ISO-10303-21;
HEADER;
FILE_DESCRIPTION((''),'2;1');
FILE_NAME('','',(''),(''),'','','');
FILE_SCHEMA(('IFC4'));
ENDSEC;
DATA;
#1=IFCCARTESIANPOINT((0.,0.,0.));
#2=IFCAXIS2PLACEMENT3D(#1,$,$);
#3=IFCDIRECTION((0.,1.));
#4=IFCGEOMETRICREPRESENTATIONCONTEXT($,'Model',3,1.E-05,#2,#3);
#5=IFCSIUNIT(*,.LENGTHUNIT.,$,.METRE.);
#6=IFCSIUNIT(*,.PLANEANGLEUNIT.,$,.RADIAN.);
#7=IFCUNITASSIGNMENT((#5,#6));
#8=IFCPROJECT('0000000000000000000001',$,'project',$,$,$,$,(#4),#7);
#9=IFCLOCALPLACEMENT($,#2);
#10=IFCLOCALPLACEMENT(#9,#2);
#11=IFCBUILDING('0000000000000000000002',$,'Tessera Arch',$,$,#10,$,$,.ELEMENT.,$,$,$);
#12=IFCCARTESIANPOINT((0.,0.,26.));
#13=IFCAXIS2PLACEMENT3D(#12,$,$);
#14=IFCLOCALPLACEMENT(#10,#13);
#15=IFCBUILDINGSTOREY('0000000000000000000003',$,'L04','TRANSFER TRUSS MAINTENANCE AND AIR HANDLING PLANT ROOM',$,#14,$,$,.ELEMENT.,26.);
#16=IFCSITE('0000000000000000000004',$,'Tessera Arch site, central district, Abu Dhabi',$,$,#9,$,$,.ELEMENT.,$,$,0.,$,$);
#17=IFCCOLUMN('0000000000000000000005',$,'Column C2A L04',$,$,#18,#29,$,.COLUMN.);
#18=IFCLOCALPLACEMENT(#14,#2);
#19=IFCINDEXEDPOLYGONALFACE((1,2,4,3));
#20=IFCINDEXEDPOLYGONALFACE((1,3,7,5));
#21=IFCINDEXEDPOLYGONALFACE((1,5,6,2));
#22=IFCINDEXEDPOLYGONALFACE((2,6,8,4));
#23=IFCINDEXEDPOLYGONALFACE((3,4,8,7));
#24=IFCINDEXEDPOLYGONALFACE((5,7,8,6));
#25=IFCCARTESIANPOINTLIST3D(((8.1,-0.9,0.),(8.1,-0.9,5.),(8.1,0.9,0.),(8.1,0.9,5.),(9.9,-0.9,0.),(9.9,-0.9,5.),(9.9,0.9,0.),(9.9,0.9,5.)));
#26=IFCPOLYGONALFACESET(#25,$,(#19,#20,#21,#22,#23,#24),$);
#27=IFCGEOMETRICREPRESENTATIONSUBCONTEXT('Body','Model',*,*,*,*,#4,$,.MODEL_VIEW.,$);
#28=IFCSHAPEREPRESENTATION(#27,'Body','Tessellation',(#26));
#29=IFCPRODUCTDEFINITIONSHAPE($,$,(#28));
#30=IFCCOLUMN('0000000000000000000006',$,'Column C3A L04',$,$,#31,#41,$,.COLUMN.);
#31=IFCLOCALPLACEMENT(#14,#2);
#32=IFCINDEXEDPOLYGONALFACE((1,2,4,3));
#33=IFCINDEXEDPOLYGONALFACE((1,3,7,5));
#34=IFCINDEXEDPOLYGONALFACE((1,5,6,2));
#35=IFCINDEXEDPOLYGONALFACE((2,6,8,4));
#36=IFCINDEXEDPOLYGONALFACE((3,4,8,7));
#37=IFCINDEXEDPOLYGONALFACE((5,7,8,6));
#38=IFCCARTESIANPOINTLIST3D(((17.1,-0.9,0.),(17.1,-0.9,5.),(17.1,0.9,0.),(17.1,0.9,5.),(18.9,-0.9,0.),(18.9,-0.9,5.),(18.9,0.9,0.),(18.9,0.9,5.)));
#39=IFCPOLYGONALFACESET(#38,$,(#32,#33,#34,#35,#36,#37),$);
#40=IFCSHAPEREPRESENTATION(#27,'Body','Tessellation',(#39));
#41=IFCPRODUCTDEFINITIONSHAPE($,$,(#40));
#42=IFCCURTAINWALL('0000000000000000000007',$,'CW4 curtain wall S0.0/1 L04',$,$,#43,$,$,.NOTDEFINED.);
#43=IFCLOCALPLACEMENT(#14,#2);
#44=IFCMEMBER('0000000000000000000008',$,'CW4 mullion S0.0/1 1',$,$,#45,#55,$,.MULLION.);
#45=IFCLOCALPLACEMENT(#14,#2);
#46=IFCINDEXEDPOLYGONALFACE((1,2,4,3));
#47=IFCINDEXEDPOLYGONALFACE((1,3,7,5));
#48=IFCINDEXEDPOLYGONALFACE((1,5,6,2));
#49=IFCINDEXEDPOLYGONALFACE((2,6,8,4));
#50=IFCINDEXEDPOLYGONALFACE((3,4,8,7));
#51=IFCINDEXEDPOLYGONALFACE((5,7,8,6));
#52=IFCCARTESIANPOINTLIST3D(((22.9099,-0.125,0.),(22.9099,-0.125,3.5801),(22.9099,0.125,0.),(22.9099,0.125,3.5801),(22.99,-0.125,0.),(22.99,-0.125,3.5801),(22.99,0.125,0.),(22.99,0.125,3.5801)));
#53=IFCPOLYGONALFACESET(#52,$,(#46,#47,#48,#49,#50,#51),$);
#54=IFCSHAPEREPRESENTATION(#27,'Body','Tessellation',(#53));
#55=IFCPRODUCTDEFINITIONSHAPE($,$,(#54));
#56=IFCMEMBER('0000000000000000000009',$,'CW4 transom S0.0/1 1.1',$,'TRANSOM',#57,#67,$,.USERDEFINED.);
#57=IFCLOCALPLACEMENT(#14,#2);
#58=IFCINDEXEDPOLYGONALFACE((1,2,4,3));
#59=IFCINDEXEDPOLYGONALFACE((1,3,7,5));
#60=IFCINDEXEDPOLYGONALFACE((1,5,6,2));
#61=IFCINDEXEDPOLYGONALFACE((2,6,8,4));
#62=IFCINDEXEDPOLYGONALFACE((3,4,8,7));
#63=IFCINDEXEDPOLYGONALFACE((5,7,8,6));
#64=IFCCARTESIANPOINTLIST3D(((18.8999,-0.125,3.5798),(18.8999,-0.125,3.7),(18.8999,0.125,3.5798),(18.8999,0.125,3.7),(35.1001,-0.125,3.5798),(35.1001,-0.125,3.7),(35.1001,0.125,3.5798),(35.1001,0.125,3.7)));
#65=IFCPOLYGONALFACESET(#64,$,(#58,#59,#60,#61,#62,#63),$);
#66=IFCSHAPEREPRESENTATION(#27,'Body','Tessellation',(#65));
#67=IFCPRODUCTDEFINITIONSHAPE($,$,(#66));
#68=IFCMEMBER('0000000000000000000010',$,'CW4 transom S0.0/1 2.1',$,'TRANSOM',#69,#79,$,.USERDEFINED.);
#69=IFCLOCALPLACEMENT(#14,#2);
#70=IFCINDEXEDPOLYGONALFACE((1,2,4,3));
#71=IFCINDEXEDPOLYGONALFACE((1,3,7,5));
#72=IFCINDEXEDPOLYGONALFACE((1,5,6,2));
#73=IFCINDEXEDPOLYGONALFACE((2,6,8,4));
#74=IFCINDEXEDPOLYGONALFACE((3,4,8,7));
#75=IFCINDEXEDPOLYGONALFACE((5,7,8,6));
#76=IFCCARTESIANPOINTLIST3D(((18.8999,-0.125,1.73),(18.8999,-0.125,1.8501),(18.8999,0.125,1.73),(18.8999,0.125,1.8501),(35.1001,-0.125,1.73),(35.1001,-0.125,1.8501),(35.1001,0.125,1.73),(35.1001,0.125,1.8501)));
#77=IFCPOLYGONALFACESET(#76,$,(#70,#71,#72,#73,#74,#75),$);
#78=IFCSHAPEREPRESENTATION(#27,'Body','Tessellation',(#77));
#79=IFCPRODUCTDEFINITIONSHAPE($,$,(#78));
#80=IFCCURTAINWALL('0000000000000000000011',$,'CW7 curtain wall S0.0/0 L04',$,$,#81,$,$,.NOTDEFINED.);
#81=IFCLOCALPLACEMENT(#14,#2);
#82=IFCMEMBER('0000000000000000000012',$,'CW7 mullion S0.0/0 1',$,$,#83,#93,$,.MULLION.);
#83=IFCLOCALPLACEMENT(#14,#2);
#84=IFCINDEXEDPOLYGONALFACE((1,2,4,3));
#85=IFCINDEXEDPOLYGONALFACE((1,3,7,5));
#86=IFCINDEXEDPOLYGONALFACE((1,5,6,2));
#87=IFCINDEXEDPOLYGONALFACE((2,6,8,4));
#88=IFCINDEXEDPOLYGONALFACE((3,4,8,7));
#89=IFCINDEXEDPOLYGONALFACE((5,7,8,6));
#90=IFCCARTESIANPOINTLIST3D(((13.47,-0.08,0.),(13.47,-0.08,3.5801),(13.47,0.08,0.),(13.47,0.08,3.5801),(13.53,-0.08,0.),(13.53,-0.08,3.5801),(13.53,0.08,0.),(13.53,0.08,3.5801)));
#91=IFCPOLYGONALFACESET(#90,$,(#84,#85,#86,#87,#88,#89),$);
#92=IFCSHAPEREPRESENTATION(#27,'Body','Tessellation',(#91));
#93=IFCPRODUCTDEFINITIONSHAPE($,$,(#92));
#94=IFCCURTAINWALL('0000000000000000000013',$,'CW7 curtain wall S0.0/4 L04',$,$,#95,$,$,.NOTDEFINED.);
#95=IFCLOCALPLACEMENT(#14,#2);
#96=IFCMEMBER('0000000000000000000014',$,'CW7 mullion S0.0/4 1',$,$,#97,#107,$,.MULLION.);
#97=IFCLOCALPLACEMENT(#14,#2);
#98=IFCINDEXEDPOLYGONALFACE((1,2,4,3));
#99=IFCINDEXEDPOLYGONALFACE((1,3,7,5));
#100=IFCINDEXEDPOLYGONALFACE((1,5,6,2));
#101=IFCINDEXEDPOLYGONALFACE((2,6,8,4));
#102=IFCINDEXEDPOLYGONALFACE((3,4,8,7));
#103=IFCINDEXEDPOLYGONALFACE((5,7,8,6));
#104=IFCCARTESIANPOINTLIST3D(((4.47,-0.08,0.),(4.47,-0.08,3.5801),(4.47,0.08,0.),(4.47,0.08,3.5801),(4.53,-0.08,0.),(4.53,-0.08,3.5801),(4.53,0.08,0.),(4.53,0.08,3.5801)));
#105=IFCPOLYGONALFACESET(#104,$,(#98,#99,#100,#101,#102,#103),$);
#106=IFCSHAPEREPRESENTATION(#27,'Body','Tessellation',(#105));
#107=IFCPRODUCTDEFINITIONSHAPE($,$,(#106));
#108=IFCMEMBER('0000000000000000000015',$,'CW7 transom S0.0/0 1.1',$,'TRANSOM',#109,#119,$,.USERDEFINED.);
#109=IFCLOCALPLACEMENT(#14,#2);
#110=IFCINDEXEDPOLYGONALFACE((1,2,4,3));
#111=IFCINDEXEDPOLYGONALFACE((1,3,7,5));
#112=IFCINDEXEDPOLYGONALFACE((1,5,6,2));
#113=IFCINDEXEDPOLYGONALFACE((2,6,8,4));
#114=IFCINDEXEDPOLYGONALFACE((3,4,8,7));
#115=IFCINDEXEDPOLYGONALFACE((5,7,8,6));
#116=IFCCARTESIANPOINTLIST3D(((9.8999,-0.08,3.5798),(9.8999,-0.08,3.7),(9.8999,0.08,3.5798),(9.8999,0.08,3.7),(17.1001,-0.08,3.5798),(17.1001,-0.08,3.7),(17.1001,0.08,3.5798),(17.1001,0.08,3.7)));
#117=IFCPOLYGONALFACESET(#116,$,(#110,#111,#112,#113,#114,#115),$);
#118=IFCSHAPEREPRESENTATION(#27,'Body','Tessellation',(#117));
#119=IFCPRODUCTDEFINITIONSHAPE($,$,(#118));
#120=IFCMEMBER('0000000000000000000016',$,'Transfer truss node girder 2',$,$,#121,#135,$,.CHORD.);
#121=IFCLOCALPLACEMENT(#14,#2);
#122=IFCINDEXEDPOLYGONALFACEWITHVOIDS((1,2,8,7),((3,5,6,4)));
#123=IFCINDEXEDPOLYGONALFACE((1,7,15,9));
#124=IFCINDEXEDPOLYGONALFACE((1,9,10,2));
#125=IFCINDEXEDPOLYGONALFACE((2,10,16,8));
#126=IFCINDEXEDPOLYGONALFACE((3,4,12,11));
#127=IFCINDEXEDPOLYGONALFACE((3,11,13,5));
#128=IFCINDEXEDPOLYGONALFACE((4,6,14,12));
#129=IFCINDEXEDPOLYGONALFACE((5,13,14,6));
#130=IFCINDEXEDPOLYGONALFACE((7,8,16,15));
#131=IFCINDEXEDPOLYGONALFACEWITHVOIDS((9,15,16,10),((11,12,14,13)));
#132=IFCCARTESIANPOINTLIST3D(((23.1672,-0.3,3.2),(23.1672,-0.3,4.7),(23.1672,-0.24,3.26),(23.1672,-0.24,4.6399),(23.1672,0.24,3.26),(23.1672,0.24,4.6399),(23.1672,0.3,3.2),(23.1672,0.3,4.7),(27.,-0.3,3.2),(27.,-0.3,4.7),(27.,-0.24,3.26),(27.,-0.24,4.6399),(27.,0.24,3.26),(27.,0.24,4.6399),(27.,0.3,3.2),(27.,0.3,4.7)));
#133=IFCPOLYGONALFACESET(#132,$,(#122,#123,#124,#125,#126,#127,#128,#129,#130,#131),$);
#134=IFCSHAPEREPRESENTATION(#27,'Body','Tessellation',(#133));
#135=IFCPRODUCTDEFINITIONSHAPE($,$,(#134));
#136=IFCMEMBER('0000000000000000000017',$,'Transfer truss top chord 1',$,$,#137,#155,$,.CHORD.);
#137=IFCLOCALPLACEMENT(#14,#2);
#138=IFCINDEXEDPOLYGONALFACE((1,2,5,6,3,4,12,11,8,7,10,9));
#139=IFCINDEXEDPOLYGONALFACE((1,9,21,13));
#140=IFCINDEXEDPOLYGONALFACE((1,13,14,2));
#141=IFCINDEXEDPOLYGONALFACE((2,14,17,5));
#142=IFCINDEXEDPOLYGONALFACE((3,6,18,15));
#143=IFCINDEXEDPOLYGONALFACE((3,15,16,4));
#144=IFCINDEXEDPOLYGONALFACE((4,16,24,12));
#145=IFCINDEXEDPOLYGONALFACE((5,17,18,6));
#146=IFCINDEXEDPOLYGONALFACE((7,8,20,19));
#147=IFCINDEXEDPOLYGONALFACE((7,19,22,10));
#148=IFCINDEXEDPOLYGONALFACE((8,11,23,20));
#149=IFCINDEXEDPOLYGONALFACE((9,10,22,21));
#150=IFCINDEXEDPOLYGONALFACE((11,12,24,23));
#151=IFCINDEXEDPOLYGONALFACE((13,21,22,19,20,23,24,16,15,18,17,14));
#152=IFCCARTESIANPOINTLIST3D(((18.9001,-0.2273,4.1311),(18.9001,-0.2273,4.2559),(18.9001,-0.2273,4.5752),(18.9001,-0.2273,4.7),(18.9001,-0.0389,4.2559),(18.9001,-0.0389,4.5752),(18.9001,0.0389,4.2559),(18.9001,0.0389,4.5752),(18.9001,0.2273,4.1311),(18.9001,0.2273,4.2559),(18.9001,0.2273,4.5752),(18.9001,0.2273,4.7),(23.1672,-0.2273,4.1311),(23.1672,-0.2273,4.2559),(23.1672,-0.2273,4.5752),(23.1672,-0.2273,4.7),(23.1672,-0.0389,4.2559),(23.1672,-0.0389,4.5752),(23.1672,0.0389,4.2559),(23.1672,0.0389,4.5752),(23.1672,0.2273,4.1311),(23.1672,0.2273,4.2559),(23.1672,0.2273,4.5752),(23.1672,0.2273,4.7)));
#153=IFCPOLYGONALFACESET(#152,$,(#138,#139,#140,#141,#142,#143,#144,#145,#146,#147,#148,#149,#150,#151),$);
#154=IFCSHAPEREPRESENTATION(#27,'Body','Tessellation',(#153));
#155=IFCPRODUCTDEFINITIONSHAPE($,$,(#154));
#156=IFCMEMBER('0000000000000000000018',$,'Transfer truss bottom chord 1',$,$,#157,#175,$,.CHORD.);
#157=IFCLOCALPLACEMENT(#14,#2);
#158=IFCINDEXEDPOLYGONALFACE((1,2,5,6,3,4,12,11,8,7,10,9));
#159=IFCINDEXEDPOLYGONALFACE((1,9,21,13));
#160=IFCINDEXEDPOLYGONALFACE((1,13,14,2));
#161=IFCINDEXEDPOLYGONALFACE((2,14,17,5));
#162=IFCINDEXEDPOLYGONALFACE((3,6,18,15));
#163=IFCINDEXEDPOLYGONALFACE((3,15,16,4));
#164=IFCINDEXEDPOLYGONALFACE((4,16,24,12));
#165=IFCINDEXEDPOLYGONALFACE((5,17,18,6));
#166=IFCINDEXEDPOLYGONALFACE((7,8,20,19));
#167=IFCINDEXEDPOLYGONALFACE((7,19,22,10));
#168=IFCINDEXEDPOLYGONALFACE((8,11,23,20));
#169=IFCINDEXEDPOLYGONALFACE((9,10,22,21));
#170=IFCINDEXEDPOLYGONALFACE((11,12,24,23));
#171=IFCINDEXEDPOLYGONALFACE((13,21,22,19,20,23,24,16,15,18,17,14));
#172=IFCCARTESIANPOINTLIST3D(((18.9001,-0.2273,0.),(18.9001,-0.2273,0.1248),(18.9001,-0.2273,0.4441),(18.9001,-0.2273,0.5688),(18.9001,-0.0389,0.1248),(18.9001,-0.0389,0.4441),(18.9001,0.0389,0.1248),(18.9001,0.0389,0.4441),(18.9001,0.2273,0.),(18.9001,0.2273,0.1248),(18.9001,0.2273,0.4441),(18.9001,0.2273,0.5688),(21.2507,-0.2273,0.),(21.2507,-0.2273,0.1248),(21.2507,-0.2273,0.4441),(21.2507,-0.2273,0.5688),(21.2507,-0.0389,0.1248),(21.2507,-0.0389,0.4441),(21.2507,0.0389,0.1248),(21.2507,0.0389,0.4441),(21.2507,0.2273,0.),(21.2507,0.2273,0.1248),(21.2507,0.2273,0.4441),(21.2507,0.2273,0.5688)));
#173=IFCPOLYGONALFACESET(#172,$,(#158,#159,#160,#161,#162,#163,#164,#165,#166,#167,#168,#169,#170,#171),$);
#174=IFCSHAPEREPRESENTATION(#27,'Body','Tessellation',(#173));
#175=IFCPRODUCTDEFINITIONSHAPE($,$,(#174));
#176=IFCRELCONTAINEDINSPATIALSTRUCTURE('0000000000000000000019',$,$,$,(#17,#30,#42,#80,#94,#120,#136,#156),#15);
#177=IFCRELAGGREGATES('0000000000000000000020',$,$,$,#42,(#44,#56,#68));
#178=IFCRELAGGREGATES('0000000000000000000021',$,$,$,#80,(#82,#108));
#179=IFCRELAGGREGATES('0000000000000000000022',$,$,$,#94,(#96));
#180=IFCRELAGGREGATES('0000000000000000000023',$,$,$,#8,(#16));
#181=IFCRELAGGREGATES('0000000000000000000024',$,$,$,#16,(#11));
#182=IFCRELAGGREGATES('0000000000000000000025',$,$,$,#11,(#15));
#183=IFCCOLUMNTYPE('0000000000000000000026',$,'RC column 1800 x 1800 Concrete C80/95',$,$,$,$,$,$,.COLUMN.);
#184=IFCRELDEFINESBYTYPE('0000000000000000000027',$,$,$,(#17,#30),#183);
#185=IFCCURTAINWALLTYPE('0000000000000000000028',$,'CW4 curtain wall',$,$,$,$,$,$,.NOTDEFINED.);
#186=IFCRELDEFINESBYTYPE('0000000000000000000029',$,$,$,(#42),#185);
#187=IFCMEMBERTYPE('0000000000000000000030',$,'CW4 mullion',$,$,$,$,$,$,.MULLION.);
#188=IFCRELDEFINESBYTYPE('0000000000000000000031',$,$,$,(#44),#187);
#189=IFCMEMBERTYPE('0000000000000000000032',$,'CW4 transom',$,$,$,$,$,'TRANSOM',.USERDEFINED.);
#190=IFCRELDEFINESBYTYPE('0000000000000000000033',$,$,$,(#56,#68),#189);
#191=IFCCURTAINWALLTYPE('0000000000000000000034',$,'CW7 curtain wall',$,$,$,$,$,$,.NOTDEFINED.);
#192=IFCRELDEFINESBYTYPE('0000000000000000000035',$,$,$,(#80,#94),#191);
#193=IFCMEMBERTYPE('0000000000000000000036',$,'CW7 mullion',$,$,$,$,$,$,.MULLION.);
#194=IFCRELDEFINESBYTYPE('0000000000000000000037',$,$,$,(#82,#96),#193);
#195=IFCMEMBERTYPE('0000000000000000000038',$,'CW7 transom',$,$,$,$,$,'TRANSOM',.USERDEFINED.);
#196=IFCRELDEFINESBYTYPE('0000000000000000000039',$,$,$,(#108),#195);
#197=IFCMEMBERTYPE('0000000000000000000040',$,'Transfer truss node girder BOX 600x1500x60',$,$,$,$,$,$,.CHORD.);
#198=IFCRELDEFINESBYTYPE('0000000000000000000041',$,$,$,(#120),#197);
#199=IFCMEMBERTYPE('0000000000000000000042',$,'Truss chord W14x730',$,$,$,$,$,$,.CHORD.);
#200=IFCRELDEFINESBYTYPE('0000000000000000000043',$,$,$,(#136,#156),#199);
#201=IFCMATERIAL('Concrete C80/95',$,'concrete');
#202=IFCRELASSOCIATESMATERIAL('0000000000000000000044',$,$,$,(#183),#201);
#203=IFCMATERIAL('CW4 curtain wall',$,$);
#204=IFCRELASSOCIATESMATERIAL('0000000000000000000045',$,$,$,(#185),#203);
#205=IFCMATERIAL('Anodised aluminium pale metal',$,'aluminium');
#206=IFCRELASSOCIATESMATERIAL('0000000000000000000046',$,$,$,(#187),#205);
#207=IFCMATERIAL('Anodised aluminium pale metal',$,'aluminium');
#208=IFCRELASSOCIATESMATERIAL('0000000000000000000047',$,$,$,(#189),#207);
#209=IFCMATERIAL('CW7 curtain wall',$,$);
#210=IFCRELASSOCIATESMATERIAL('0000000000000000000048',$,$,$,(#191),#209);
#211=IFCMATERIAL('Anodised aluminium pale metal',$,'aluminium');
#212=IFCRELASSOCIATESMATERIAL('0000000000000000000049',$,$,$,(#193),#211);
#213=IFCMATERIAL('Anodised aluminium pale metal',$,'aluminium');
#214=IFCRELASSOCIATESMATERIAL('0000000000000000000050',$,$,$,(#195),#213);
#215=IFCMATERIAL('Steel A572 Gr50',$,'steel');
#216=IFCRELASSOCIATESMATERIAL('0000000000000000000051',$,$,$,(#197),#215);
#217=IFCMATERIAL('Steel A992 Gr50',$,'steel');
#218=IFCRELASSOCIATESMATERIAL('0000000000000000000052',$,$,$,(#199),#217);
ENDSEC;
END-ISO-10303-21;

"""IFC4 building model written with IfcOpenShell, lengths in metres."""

from ifc_helpers import new_model, si_unit, direction, frame, origin, origin_2d, place, context, subcontext, project, spatial, rectangle, hollow_rectangle, i_section, extrude, material, material_profile, profile_set, type_object, element, aggregate, save


model = new_model("IFC4")

# Units and contexts
model_context = context("Model", 3, precision=1e-05, world=origin(), true_north=direction((0.0, 1.0)))
body_context = subcontext(model_context, "Body", "Model", "MODEL_VIEW")
ifc_project = project(units=[si_unit("LENGTHUNIT", "METRE"), si_unit("PLANEANGLEUNIT", "RADIAN")], contexts=[model_context])

# Site, building, storey
site_placement = place(None, origin())
site = spatial("IfcSite", under=ifc_project, at=site_placement, Name="Tessera Arch site, central district, Abu Dhabi", CompositionType="ELEMENT", RefElevation=0.0)
building_placement = place(site_placement, origin())
building = spatial("IfcBuilding", under=site, at=building_placement, Name="Tessera Arch", CompositionType="ELEMENT")
storey_placement = place(building_placement, frame((0.0, 0.0, 26.0)))
storey = spatial("IfcBuildingStorey", under=building, at=storey_placement, Name="L04", Description="TRANSFER TRUSS MAINTENANCE AND AIR HANDLING PLANT ROOM", CompositionType="ELEMENT", Elevation=26.0)

# Columns
ifc_material_1 = material(Name="Concrete C80/95", Category="concrete")
ifc_material_profile_1 = material_profile(ifc_material_1, rectangle(XDim=1.8, YDim=1.8, at=origin_2d()), Name="RC column 1800 x 1800 Concrete C80/95")
ifc_profile_set_1 = profile_set([ifc_material_profile_1], Name="Concrete C80/95")
column_type = type_object("IfcColumnType", Name="RC column 1800 x 1800 Concrete C80/95", PredefinedType="COLUMN", material=ifc_profile_set_1)
for number, where, z_axis, x_axis, name in (
    (1, (9.0, 0.0, 0.0), (0.0, 0.0, 1.0), (1.0, 0.0, 0.0), "Column C2A L04"),
    (2, (18.0, 0.0, 0.0), (0.0, 0.0, 1.0), (1.0, 0.0, 0.0), "Column C3A L04"),
):
    element("IfcColumn", number, at=place(storey_placement, frame(where, z_axis=z_axis, x_axis=x_axis)), inside=storey, type_object=column_type, Name=name, PredefinedType="COLUMN", context=body_context, shape_type="SweptSolid", body=[
        extrude(rectangle(XDim=1.8, YDim=1.8, at=origin_2d()), origin(), (0.0, 0.0, 1.0), 5.0),
    ])

# Curtain wall, members
ifc_material_2 = material(Name="CW4 curtain wall")
curtain_wall_type_1 = type_object("IfcCurtainWallType", Name="CW4 curtain wall", PredefinedType="NOTDEFINED", material=ifc_material_2)
curtain_wall_1_placement = place(storey_placement, origin())
curtain_wall_1 = element("IfcCurtainWall", 3, at=curtain_wall_1_placement, inside=storey, type_object=curtain_wall_type_1, Name="CW4 curtain wall S0.0/1 L04", PredefinedType="NOTDEFINED")
ifc_material_3 = material(Name="Anodised aluminium pale metal", Category="aluminium")
ifc_material_profile_2 = material_profile(ifc_material_3, rectangle(XDim=0.25, YDim=0.0801, at=origin_2d()), Name="AL 80x250")
ifc_profile_set_2 = profile_set([ifc_material_profile_2], Name="Anodised aluminium pale metal")
member_type_1 = type_object("IfcMemberType", Name="CW4 mullion", PredefinedType="MULLION", material=ifc_profile_set_2)
member_1_placement = place(storey_placement, frame((22.95, 0.0, 0.0), z_axis=(0.0, 0.0, 1.0), x_axis=(0.0, 1.0, 0.0)))
member_1 = element("IfcMember", 4, at=member_1_placement, type_object=member_type_1, Name="CW4 mullion S0.0/1 1", PredefinedType="MULLION", context=body_context, shape_type="SweptSolid", body=[
    extrude(rectangle(XDim=0.25, YDim=0.0801, at=origin_2d()), origin(), (0.0, 0.0, 1.0), 3.5801),
])
ifc_material_4 = material(Name="Anodised aluminium pale metal", Category="aluminium")
ifc_material_profile_3 = material_profile(ifc_material_4, rectangle(XDim=0.25, YDim=0.1201, at=origin_2d()), Name="AL 250x120")
ifc_profile_set_3 = profile_set([ifc_material_profile_3], Name="Anodised aluminium pale metal")
member_type_2 = type_object("IfcMemberType", Name="CW4 transom", ElementType="TRANSOM", PredefinedType="USERDEFINED", material=ifc_profile_set_3)
member_2_placement = place(storey_placement, frame((18.8999, 0.0, 3.6399), z_axis=(1.0, 0.0, 0.0), x_axis=(0.0, 1.0, 0.0)))
member_2 = element("IfcMember", 5, at=member_2_placement, type_object=member_type_2, Name="CW4 transom S0.0/1 1.1", ObjectType="TRANSOM", PredefinedType="USERDEFINED", context=body_context, shape_type="SweptSolid", body=[
    extrude(rectangle(XDim=0.25, YDim=0.1201, at=origin_2d()), origin(), (0.0, 0.0, 1.0), 16.2002),
])
member_3_placement = place(storey_placement, frame((18.8999, 0.0, 1.79), z_axis=(1.0, 0.0, 0.0), x_axis=(0.0, 1.0, 0.0)))
member_3 = element("IfcMember", 6, at=member_3_placement, type_object=member_type_2, Name="CW4 transom S0.0/1 2.1", ObjectType="TRANSOM", PredefinedType="USERDEFINED", context=body_context, shape_type="SweptSolid", body=[
    extrude(rectangle(XDim=0.25, YDim=0.1201, at=origin_2d()), origin(), (0.0, 0.0, 1.0), 16.2002),
])
aggregate(curtain_wall_1, [member_1, member_2, member_3])

# Curtain walls, members
ifc_material_5 = material(Name="CW7 curtain wall")
curtain_wall_type_2 = type_object("IfcCurtainWallType", Name="CW7 curtain wall", PredefinedType="NOTDEFINED", material=ifc_material_5)
curtain_wall_2_placement = place(storey_placement, origin())
curtain_wall_2 = element("IfcCurtainWall", 7, at=curtain_wall_2_placement, inside=storey, type_object=curtain_wall_type_2, Name="CW7 curtain wall S0.0/0 L04", PredefinedType="NOTDEFINED")
ifc_material_6 = material(Name="Anodised aluminium pale metal", Category="aluminium")
ifc_material_profile_4 = material_profile(ifc_material_6, rectangle(XDim=0.1599, YDim=0.0601, at=origin_2d()), Name="AL 60x160")
ifc_profile_set_4 = profile_set([ifc_material_profile_4], Name="Anodised aluminium pale metal")
member_type_3 = type_object("IfcMemberType", Name="CW7 mullion", PredefinedType="MULLION", material=ifc_profile_set_4)
member_4_placement = place(storey_placement, frame((13.5, 0.0, 0.0), z_axis=(0.0, 0.0, 1.0), x_axis=(0.0, 1.0, 0.0)))
member_4 = element("IfcMember", 8, at=member_4_placement, type_object=member_type_3, Name="CW7 mullion S0.0/0 1", PredefinedType="MULLION", context=body_context, shape_type="SweptSolid", body=[
    extrude(rectangle(XDim=0.1599, YDim=0.0601, at=origin_2d()), origin(), (0.0, 0.0, 1.0), 3.5801),
])
curtain_wall_3_placement = place(storey_placement, origin())
curtain_wall_3 = element("IfcCurtainWall", 9, at=curtain_wall_3_placement, inside=storey, type_object=curtain_wall_type_2, Name="CW7 curtain wall S0.0/4 L04", PredefinedType="NOTDEFINED")
member_5_placement = place(storey_placement, frame((4.5, 0.0, 0.0), z_axis=(0.0, 0.0, 1.0), x_axis=(0.0, 1.0, 0.0)))
member_5 = element("IfcMember", 10, at=member_5_placement, type_object=member_type_3, Name="CW7 mullion S0.0/4 1", PredefinedType="MULLION", context=body_context, shape_type="SweptSolid", body=[
    extrude(rectangle(XDim=0.1599, YDim=0.0601, at=origin_2d()), origin(), (0.0, 0.0, 1.0), 3.5801),
])

# Member
ifc_material_7 = material(Name="Anodised aluminium pale metal", Category="aluminium")
ifc_material_profile_5 = material_profile(ifc_material_7, rectangle(XDim=0.1599, YDim=0.1201, at=origin_2d()), Name="AL 160x120")
ifc_profile_set_5 = profile_set([ifc_material_profile_5], Name="Anodised aluminium pale metal")
member_type_4 = type_object("IfcMemberType", Name="CW7 transom", ElementType="TRANSOM", PredefinedType="USERDEFINED", material=ifc_profile_set_5)
member_6_placement = place(storey_placement, frame((9.8999, 0.0, 3.6399), z_axis=(1.0, 0.0, 0.0), x_axis=(0.0, 1.0, 0.0)))
member_6 = element("IfcMember", 11, at=member_6_placement, type_object=member_type_4, Name="CW7 transom S0.0/0 1.1", ObjectType="TRANSOM", PredefinedType="USERDEFINED", context=body_context, shape_type="SweptSolid", body=[
    extrude(rectangle(XDim=0.1599, YDim=0.1201, at=origin_2d()), origin(), (0.0, 0.0, 1.0), 7.2002),
])

# Members
ifc_material_8 = material(Name="Steel A572 Gr50", Category="steel")
ifc_material_profile_6 = material_profile(ifc_material_8, hollow_rectangle(XDim=0.6001, YDim=1.5, WallThickness=0.0601, at=origin_2d()), Name="BOX 600x1500x60")
ifc_profile_set_6 = profile_set([ifc_material_profile_6], Name="Steel A572 Gr50")
member_type_5 = type_object("IfcMemberType", Name="Transfer truss node girder BOX 600x1500x60", PredefinedType="CHORD", material=ifc_profile_set_6)
member_7_placement = place(storey_placement, frame((23.1672, 0.0, 3.95), z_axis=(1.0, 0.0, 0.0), x_axis=(0.0, 1.0, 0.0)))
element("IfcMember", 12, at=member_7_placement, inside=storey, type_object=member_type_5, Name="Transfer truss node girder 2", PredefinedType="CHORD", context=body_context, shape_type="SweptSolid", body=[
    extrude(hollow_rectangle(XDim=0.6001, YDim=1.5, WallThickness=0.0601, at=origin_2d()), origin(), (0.0, 0.0, 1.0), 3.8328),
])
ifc_material_9 = material(Name="Steel A992 Gr50", Category="steel")
ifc_material_profile_7 = material_profile(ifc_material_9, i_section(OverallWidth=0.4546, OverallDepth=0.5688, WebThickness=0.0779, FlangeThickness=0.1248, at=origin_2d()), Name="W14x730")
ifc_profile_set_7 = profile_set([ifc_material_profile_7], Name="Steel A992 Gr50")
member_type_6 = type_object("IfcMemberType", Name="Truss chord W14x730", PredefinedType="CHORD", material=ifc_profile_set_7)
member_8_placement = place(storey_placement, frame((18.9001, 0.0, 4.4155), z_axis=(1.0, 0.0, 0.0), x_axis=(0.0, 1.0, 0.0)))
element("IfcMember", 13, at=member_8_placement, inside=storey, type_object=member_type_6, Name="Transfer truss top chord 1", PredefinedType="CHORD", context=body_context, shape_type="SweptSolid", body=[
    extrude(i_section(OverallWidth=0.4546, OverallDepth=0.5688, WebThickness=0.0779, FlangeThickness=0.1248, at=origin_2d()), origin(), (0.0, 0.0, 1.0), 4.2671),
])
member_9_placement = place(storey_placement, frame((18.9001, 0.0, 0.2844), z_axis=(1.0, 0.0, 0.0), x_axis=(0.0, 1.0, 0.0)))
element("IfcMember", 14, at=member_9_placement, inside=storey, type_object=member_type_6, Name="Transfer truss bottom chord 1", PredefinedType="CHORD", context=body_context, shape_type="SweptSolid", body=[
    extrude(i_section(OverallWidth=0.4546, OverallDepth=0.5688, WebThickness=0.0779, FlangeThickness=0.1248, at=origin_2d()), origin(), (0.0, 0.0, 1.0), 2.3506),
])

aggregate(curtain_wall_2, [member_4, member_6])
aggregate(curtain_wall_3, [member_5])

save(model, "model.ifc")
